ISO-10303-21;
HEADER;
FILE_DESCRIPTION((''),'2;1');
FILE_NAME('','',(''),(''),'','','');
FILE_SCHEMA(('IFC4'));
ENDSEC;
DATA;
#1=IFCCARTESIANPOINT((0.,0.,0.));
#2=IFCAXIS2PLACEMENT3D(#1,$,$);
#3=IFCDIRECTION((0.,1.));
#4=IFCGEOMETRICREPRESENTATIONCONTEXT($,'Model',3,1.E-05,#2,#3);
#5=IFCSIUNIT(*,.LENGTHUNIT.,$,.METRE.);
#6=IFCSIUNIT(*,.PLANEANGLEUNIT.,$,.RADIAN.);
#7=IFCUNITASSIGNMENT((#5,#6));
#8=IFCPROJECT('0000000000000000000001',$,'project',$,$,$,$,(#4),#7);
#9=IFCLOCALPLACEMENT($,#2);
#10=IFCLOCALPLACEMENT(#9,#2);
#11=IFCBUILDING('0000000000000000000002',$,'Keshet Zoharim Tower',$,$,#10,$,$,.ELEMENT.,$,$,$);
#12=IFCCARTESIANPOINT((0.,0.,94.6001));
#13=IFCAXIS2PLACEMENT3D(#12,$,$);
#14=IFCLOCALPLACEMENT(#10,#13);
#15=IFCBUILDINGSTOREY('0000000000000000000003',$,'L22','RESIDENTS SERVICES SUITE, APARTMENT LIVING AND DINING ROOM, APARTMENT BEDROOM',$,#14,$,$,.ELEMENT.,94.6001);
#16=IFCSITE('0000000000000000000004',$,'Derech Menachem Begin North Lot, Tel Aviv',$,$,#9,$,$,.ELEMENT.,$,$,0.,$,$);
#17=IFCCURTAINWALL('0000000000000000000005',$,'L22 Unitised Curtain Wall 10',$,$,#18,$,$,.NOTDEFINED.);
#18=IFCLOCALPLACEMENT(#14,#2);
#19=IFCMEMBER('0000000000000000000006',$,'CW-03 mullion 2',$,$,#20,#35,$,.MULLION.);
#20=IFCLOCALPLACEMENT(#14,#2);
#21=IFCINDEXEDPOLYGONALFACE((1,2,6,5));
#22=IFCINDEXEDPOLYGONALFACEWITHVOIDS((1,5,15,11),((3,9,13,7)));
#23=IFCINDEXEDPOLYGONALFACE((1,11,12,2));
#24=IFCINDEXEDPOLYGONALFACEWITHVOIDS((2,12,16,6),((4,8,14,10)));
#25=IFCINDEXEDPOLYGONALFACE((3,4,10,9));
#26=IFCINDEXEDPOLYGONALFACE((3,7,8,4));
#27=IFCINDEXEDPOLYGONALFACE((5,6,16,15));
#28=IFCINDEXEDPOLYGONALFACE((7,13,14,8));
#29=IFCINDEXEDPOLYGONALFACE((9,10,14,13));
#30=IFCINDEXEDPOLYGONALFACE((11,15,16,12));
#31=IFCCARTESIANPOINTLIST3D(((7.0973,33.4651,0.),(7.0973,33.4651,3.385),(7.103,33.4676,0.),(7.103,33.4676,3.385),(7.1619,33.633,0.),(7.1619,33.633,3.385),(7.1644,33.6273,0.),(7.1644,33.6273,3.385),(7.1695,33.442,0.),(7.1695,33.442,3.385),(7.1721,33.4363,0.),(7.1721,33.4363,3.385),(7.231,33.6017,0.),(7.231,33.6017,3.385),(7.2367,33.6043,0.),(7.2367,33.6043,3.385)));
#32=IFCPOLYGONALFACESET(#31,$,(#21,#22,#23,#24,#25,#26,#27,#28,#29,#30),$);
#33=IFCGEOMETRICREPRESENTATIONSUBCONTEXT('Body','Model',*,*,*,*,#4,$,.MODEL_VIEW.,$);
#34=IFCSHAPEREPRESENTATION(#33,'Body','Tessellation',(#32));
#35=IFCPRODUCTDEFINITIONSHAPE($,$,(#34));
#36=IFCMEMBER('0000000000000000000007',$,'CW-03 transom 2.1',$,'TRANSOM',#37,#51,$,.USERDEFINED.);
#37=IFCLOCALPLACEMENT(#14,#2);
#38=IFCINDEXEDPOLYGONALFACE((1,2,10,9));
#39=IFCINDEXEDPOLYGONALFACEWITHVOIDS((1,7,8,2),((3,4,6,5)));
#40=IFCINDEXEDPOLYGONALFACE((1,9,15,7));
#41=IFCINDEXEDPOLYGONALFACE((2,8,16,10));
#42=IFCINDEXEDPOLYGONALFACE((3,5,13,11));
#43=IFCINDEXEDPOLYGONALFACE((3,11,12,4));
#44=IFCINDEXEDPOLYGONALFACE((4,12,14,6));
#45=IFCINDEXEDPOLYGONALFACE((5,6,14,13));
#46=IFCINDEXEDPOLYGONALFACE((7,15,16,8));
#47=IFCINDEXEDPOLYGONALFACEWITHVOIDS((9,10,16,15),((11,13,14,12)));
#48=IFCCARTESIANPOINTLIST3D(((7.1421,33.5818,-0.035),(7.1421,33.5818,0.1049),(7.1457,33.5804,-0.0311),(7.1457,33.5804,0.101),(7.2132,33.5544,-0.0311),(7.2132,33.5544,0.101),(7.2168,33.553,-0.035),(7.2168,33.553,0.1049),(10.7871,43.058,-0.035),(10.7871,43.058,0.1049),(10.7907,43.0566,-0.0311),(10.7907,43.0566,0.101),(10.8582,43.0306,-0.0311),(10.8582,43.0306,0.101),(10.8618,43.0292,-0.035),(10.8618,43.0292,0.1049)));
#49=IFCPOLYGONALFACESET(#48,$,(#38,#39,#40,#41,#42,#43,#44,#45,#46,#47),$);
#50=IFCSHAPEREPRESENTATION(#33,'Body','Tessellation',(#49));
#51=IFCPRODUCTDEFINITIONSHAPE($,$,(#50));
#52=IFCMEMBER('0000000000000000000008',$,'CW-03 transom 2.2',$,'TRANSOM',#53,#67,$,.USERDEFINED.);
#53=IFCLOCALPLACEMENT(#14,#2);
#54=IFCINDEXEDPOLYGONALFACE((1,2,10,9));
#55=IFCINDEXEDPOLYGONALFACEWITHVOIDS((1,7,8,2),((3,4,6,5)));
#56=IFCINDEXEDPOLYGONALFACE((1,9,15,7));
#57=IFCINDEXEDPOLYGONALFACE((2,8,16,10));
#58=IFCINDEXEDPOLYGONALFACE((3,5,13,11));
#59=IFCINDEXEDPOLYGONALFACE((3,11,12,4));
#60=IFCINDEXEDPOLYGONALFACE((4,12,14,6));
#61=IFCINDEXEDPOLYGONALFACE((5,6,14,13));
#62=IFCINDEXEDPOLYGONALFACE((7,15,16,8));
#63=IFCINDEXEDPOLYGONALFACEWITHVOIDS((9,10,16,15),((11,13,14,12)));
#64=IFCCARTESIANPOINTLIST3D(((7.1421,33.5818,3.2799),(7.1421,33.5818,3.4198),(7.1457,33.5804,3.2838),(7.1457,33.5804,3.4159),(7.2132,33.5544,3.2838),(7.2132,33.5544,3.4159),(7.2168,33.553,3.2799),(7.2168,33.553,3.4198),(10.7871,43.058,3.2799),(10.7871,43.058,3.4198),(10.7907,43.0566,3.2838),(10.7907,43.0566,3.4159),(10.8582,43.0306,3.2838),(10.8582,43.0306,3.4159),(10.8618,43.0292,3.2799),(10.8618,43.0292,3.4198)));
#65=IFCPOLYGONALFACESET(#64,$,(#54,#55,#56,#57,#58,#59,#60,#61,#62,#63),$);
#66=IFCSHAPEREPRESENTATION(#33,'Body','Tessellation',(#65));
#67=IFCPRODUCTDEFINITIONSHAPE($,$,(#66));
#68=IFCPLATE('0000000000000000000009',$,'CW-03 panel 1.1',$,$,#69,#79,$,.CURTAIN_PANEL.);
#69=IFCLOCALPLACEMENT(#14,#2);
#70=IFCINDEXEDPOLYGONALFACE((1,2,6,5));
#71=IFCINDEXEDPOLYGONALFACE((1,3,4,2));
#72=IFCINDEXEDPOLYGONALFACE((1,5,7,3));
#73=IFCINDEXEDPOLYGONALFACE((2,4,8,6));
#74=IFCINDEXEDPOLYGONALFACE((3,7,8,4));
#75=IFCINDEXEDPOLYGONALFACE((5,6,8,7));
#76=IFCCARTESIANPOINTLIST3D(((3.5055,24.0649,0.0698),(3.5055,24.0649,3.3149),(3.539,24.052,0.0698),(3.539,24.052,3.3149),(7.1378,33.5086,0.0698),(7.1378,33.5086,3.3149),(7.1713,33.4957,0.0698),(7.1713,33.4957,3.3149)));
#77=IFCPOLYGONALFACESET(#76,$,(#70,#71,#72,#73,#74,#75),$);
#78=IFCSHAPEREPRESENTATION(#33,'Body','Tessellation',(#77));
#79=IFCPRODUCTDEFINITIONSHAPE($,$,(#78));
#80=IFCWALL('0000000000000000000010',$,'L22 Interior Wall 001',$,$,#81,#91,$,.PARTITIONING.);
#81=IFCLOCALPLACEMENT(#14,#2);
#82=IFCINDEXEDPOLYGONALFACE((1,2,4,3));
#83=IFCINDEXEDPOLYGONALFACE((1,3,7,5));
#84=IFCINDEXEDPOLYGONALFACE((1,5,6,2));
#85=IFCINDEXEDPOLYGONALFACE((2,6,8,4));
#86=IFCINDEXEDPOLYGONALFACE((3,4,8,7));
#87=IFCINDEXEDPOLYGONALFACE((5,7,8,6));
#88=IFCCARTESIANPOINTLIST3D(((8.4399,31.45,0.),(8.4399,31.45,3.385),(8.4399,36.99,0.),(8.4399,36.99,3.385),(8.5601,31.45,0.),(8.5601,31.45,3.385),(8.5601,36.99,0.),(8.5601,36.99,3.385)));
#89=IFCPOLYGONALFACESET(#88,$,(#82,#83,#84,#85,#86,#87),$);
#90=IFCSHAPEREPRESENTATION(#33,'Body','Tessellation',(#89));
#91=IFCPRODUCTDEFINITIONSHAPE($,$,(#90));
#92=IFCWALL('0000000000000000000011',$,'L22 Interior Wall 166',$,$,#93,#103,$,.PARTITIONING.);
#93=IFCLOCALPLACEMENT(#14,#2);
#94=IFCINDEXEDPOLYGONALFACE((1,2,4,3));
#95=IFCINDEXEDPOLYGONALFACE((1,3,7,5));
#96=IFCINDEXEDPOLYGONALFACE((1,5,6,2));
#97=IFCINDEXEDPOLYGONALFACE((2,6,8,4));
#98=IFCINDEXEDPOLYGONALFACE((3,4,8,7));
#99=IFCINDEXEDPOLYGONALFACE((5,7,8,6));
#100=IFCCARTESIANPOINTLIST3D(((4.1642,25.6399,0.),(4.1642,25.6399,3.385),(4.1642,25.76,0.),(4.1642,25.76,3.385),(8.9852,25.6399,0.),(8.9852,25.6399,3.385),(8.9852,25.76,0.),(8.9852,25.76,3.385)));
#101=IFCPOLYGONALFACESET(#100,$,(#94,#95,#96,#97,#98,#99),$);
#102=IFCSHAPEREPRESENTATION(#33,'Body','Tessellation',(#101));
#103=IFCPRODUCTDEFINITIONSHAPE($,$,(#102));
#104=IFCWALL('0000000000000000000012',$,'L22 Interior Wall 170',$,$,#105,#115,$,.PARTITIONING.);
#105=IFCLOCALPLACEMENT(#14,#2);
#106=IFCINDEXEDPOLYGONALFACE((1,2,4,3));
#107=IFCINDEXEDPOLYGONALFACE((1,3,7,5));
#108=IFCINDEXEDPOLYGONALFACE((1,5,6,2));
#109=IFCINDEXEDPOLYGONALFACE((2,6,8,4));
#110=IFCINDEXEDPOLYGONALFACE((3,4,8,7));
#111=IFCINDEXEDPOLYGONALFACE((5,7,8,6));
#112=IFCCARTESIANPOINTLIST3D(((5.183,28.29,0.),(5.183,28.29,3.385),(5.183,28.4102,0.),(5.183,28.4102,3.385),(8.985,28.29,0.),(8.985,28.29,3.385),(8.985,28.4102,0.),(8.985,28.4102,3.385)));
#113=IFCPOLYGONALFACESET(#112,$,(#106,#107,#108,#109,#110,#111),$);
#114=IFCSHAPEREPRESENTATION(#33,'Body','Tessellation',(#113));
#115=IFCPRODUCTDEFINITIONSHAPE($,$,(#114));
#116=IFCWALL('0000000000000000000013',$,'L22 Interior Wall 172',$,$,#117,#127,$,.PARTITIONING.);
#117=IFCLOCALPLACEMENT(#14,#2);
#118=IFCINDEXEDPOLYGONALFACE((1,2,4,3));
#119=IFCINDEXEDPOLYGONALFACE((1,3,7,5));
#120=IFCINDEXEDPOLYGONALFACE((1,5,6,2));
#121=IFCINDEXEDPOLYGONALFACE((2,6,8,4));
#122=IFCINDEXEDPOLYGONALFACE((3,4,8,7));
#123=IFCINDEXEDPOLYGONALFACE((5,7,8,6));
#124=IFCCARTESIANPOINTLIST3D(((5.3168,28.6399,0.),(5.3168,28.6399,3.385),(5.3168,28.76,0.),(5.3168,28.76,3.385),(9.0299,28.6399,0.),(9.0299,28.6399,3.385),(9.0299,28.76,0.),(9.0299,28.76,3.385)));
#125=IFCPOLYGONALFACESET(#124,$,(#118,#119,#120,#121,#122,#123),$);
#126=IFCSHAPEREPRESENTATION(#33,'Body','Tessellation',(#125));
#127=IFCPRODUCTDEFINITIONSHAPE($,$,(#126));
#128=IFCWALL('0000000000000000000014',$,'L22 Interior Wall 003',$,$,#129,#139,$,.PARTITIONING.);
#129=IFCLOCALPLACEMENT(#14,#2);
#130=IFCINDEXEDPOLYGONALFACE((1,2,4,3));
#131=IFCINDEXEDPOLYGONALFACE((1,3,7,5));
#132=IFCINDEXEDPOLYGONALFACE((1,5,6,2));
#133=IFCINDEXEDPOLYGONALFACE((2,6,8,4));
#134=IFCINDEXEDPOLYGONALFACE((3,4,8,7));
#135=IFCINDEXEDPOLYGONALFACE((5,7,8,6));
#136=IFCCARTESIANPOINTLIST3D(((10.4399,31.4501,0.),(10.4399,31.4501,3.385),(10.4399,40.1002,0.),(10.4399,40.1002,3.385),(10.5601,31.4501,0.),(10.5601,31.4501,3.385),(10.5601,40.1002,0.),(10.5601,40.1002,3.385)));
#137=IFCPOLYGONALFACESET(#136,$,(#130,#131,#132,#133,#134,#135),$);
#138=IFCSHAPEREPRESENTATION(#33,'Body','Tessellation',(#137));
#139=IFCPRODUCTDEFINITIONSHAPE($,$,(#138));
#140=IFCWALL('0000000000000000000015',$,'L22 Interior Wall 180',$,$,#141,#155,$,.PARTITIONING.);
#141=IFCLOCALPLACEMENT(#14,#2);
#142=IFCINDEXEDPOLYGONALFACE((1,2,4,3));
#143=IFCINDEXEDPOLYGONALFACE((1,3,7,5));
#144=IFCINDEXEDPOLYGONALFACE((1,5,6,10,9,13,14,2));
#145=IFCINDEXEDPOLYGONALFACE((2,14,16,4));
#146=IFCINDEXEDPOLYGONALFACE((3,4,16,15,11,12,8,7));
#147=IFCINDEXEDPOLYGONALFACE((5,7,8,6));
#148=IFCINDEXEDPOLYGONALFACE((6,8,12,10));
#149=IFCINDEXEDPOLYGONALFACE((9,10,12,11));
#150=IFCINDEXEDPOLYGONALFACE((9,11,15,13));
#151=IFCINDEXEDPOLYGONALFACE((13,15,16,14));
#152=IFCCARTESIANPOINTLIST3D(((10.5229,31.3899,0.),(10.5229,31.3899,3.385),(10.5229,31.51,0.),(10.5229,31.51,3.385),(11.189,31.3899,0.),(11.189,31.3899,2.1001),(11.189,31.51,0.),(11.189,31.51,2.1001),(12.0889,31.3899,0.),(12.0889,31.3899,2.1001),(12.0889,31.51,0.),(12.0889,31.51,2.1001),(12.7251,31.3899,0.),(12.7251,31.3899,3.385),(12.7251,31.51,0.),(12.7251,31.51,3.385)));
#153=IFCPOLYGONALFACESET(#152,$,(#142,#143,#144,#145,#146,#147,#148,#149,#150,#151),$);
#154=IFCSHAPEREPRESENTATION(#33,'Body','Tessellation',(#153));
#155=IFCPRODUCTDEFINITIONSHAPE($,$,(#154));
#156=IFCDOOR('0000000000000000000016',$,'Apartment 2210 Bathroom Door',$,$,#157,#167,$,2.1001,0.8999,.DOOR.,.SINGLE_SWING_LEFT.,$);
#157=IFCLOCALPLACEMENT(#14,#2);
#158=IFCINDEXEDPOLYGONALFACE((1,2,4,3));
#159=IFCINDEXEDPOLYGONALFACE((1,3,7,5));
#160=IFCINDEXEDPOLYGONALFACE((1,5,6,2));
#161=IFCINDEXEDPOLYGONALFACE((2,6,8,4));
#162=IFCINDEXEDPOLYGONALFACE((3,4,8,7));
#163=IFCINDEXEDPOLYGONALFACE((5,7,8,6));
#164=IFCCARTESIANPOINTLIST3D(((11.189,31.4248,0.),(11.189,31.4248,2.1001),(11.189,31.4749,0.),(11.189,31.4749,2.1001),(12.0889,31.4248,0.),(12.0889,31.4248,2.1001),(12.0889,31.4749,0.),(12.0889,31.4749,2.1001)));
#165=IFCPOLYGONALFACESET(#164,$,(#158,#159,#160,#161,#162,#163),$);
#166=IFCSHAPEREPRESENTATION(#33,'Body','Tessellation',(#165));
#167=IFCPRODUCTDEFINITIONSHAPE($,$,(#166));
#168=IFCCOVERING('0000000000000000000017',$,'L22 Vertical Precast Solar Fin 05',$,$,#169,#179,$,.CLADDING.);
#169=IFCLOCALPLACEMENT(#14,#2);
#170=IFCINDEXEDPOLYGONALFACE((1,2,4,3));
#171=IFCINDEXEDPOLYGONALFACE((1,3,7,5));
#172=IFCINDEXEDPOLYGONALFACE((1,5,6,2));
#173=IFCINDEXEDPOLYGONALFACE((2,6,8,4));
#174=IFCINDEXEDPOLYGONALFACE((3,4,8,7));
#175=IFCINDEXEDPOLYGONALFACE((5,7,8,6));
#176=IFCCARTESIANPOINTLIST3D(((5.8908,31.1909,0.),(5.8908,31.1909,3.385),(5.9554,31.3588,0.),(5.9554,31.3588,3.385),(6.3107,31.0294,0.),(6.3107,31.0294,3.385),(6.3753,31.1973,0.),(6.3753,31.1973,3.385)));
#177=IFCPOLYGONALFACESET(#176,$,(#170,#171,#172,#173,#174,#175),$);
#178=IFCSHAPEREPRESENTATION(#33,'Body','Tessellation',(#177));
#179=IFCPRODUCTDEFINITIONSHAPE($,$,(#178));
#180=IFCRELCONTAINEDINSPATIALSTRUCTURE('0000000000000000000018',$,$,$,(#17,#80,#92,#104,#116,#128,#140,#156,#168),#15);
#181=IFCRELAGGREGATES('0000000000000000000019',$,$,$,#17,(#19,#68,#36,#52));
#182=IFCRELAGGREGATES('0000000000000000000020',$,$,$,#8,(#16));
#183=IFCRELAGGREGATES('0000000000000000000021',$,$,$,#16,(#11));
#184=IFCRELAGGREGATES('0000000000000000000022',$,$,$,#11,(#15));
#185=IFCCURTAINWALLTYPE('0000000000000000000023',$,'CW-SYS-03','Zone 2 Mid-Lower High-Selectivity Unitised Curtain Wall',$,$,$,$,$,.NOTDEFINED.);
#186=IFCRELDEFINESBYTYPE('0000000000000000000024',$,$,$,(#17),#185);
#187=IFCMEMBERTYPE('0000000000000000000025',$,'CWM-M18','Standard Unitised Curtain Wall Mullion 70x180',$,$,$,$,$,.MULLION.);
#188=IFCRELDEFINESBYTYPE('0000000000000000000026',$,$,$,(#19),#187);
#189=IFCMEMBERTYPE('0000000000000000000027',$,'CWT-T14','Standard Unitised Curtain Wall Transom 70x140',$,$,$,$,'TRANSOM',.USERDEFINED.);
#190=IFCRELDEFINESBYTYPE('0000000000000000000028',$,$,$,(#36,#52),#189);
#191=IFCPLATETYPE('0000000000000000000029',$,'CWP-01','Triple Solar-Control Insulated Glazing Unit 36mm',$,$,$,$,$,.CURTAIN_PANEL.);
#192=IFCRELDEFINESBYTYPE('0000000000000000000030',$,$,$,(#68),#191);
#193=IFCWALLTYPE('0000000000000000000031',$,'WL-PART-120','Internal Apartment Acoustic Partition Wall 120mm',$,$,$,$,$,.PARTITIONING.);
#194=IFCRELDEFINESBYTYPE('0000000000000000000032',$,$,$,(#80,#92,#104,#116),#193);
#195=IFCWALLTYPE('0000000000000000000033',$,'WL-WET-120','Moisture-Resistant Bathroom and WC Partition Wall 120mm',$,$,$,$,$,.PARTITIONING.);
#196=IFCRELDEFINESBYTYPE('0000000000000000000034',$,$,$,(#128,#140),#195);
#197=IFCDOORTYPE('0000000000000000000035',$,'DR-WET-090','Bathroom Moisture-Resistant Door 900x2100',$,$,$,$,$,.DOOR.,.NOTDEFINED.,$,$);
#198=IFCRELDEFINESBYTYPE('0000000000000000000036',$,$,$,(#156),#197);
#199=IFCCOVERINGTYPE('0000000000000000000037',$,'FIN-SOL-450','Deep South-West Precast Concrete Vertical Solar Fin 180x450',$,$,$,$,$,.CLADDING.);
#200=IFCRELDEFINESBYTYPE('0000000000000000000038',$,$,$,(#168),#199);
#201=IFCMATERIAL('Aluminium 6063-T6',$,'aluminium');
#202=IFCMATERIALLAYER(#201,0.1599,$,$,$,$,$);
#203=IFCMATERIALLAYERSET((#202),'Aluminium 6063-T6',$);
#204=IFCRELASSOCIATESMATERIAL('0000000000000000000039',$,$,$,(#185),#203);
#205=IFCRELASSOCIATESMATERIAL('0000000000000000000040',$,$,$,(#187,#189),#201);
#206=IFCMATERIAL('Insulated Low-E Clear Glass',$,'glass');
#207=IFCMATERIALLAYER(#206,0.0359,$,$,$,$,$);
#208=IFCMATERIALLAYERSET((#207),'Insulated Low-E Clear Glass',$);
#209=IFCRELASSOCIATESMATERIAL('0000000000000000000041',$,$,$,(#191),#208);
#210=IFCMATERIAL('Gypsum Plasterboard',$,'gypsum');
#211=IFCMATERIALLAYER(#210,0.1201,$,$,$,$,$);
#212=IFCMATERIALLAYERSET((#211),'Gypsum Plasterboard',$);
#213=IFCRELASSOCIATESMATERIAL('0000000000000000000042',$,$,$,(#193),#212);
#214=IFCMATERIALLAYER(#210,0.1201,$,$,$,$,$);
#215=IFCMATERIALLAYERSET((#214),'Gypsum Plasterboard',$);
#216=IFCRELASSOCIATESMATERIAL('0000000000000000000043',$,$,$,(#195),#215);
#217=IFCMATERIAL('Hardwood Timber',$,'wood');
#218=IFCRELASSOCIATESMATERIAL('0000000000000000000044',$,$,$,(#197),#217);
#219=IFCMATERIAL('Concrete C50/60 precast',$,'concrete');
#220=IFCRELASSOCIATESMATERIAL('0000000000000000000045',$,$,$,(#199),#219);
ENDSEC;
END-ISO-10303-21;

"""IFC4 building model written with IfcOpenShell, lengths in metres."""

from ifc_helpers import new_model, si_unit, direction, frame, frame_2d, origin, origin_2d, place, context, subcontext, project, spatial, rectangle, hollow_rectangle, extrude, material, layer, layer_set, material_profile, profile_set, type_object, element, fill, aggregate, save


model = new_model("IFC4")

# Units and contexts
model_context = context("Model", 3, precision=1e-05, world=origin(), true_north=direction((0.0, 1.0)))
body_context = subcontext(model_context, "Body", "Model", "MODEL_VIEW")
ifc_project = project(units=[si_unit("LENGTHUNIT", "METRE"), si_unit("PLANEANGLEUNIT", "RADIAN")], contexts=[model_context])

# Site, building, storey
site_placement = place(None, origin())
site = spatial("IfcSite", under=ifc_project, at=site_placement, Name="Derech Menachem Begin North Lot, Tel Aviv", CompositionType="ELEMENT", RefElevation=0.0)
building_placement = place(site_placement, origin())
building = spatial("IfcBuilding", under=site, at=building_placement, Name="Keshet Zoharim Tower", CompositionType="ELEMENT")
storey_placement = place(building_placement, frame((0.0, 0.0, 94.6001)))
storey = spatial("IfcBuildingStorey", under=building, at=storey_placement, Name="L22", Description="RESIDENTS SERVICES SUITE, APARTMENT LIVING AND DINING ROOM, APARTMENT BEDROOM", CompositionType="ELEMENT", Elevation=94.6001)

# Curtain wall, members, plate
ifc_material_1 = material(Name="Aluminium 6063-T6", Category="aluminium")
ifc_layer_1 = layer(ifc_material_1, 0.1599)
ifc_layer_set_1 = layer_set([ifc_layer_1], Name="Aluminium 6063-T6")
curtain_wall_type = type_object("IfcCurtainWallType", Name="CW-SYS-03", Description="Zone 2 Mid-Lower High-Selectivity Unitised Curtain Wall", PredefinedType="NOTDEFINED", material=ifc_layer_set_1)
curtain_wall_placement = place(storey_placement, origin())
curtain_wall = element("IfcCurtainWall", 1, at=curtain_wall_placement, inside=storey, type_object=curtain_wall_type, Name="L22 Unitised Curtain Wall 10", PredefinedType="NOTDEFINED")
ifc_material_profile_1 = material_profile(ifc_material_1, hollow_rectangle(XDim=0.0801, YDim=0.1799, WallThickness=0.0044, at=origin_2d()), Name="MUL-80x180")
ifc_profile_set_1 = profile_set([ifc_material_profile_1], Name="Aluminium 6063-T6")
member_type_1 = type_object("IfcMemberType", Name="CWM-M18", Description="Standard Unitised Curtain Wall Mullion 70x180", PredefinedType="MULLION", material=ifc_profile_set_1)
member_1_placement = place(storey_placement, frame((7.167, 33.5347, 0.0), z_axis=(0.0, 0.0, 1.0), x_axis=(-0.933341, 0.35899, 0.0)))
member_1 = element("IfcMember", 2, at=member_1_placement, type_object=member_type_1, Name="CW-03 mullion 2", PredefinedType="MULLION", context=body_context, shape_type="SweptSolid", body=[
    extrude(hollow_rectangle(XDim=0.0801, YDim=0.1799, WallThickness=0.0044, at=origin_2d()), origin(), (0.0, 0.0, 1.0), 3.385),
])
ifc_material_profile_2 = material_profile(ifc_material_1, hollow_rectangle(XDim=0.0801, YDim=0.1399, WallThickness=0.0039, at=origin_2d()), Name="TRN-80x140")
ifc_profile_set_2 = profile_set([ifc_material_profile_2], Name="Aluminium 6063-T6")
member_type_2 = type_object("IfcMemberType", Name="CWT-T14", Description="Standard Unitised Curtain Wall Transom 70x140", ElementType="TRANSOM", PredefinedType="USERDEFINED", material=ifc_profile_set_2)
member_2_placement = place(storey_placement, frame((7.1794, 33.5674, 0.0349), z_axis=(0.359003, 0.933336, 0.0), x_axis=(-0.933336, 0.359003, 0.0)))
member_2 = element("IfcMember", 3, at=member_2_placement, type_object=member_type_2, Name="CW-03 transom 2.1", ObjectType="TRANSOM", PredefinedType="USERDEFINED", context=body_context, shape_type="SweptSolid", body=[
    extrude(hollow_rectangle(XDim=0.0801, YDim=0.1399, WallThickness=0.0039, at=origin_2d()), origin(), (0.0, 0.0, 1.0), 10.1531),
])
member_3_placement = place(storey_placement, frame((7.1794, 33.5674, 3.3499), z_axis=(0.359003, 0.933336, 0.0), x_axis=(-0.933336, 0.359003, 0.0)))
member_3 = element("IfcMember", 4, at=member_3_placement, type_object=member_type_2, Name="CW-03 transom 2.2", ObjectType="TRANSOM", PredefinedType="USERDEFINED", context=body_context, shape_type="SweptSolid", body=[
    extrude(hollow_rectangle(XDim=0.0801, YDim=0.1399, WallThickness=0.0039, at=origin_2d()), origin(), (0.0, 0.0, 1.0), 10.1531),
])
ifc_material_2 = material(Name="Insulated Low-E Clear Glass", Category="glass")
ifc_layer_2 = layer(ifc_material_2, 0.0359)
ifc_layer_set_2 = layer_set([ifc_layer_2], Name="Insulated Low-E Clear Glass")
plate_type = type_object("IfcPlateType", Name="CWP-01", Description="Triple Solar-Control Insulated Glazing Unit 36mm", PredefinedType="CURTAIN_PANEL", material=ifc_layer_set_2)
plate_placement = place(storey_placement, frame((5.3384, 28.7803, 0.0698), z_axis=(0.0, 0.0, 1.0), x_axis=(0.35899, 0.933341, 0.0)))
plate = element("IfcPlate", 5, at=plate_placement, type_object=plate_type, Name="CW-03 panel 1.1", PredefinedType="CURTAIN_PANEL", context=body_context, shape_type="SweptSolid", body=[
    extrude(rectangle(XDim=10.1182, YDim=0.0359, at=origin_2d()), origin(), (0.0, 0.0, 1.0), 3.2451),
])
aggregate(curtain_wall, [member_1, plate, member_2, member_3])

# Wall
ifc_material_3 = material(Name="Gypsum Plasterboard", Category="gypsum")
ifc_layer_3 = layer(ifc_material_3, 0.1201)
ifc_layer_set_3 = layer_set([ifc_layer_3], Name="Gypsum Plasterboard")
wall_type_1 = type_object("IfcWallType", Name="WL-PART-120", Description="Internal Apartment Acoustic Partition Wall 120mm", PredefinedType="PARTITIONING", material=ifc_layer_set_3)
wall_1_placement = place(storey_placement, frame((8.5, 31.45, 0.0), z_axis=(0.0, 0.0, 1.0), x_axis=(0.0, 1.0, 0.0)))
element("IfcWall", 6, at=wall_1_placement, inside=storey, type_object=wall_type_1, Name="L22 Interior Wall 001", PredefinedType="PARTITIONING", context=body_context, shape_type="SweptSolid", body=[
    extrude(rectangle(XDim=5.54, YDim=0.1201, at=frame_2d((2.77, 0.0))), origin(), (0.0, 0.0, 1.0), 3.385),
])

# Shared definitions
ifc_material_4 = material(Name="Hardwood Timber", Category="wood")

# Walls
wall_2_placement = place(storey_placement, frame((4.1641, 25.7, 0.0), z_axis=(0.0, 0.0, 1.0), x_axis=(1.0, 0.0, 0.0)))
element("IfcWall", 7, at=wall_2_placement, inside=storey, type_object=wall_type_1, Name="L22 Interior Wall 166", PredefinedType="PARTITIONING", context=body_context, shape_type="SweptSolid", body=[
    extrude(rectangle(XDim=4.821, YDim=0.1201, at=frame_2d((2.4106, 0.0))), origin(), (0.0, 0.0, 1.0), 3.385),
])
wall_3_placement = place(storey_placement, frame((5.1831, 28.3501, 0.0), z_axis=(0.0, 0.0, 1.0), x_axis=(1.0, 0.0, 0.0)))
element("IfcWall", 8, at=wall_3_placement, inside=storey, type_object=wall_type_1, Name="L22 Interior Wall 170", PredefinedType="PARTITIONING", context=body_context, shape_type="SweptSolid", body=[
    extrude(rectangle(XDim=3.802, YDim=0.1201, at=frame_2d((1.9009, 0.0))), origin(), (0.0, 0.0, 1.0), 3.385),
])
wall_4_placement = place(storey_placement, frame((5.3169, 28.7, 0.0), z_axis=(0.0, 0.0, 1.0), x_axis=(1.0, 0.0, 0.0)))
element("IfcWall", 9, at=wall_4_placement, inside=storey, type_object=wall_type_1, Name="L22 Interior Wall 172", PredefinedType="PARTITIONING", context=body_context, shape_type="SweptSolid", body=[
    extrude(rectangle(XDim=3.7131, YDim=0.1201, at=frame_2d((1.8564, 0.0))), origin(), (0.0, 0.0, 1.0), 3.385),
])

# Wall
ifc_layer_4 = layer(ifc_material_3, 0.1201)
ifc_layer_set_4 = layer_set([ifc_layer_4], Name="Gypsum Plasterboard")
wall_type_2 = type_object("IfcWallType", Name="WL-WET-120", Description="Moisture-Resistant Bathroom and WC Partition Wall 120mm", PredefinedType="PARTITIONING", material=ifc_layer_set_4)
wall_5_placement = place(storey_placement, frame((10.5, 31.45, 0.0), z_axis=(0.0, 0.0, 1.0), x_axis=(0.0, 1.0, 0.0)))
element("IfcWall", 10, at=wall_5_placement, inside=storey, type_object=wall_type_2, Name="L22 Interior Wall 003", PredefinedType="PARTITIONING", context=body_context, shape_type="SweptSolid", body=[
    extrude(rectangle(XDim=8.6501, YDim=0.1201, at=frame_2d((4.3252, 0.0))), origin(), (0.0, 0.0, 1.0), 3.385),
])

# Wall, opening, door
wall_6_placement = place(storey_placement, frame((10.5229, 31.45, 0.0), z_axis=(0.0, 0.0, 1.0), x_axis=(1.0, 0.0, 0.0)))
wall_6 = element("IfcWall", 11, at=wall_6_placement, inside=storey, type_object=wall_type_2, Name="L22 Interior Wall 180", PredefinedType="PARTITIONING", context=body_context, shape_type="SweptSolid", body=[
    extrude(rectangle(XDim=2.2021, YDim=0.1201, at=frame_2d((1.1011, 0.0))), origin(), (0.0, 0.0, 1.0), 3.385),
])
opening_1_placement = place(wall_6_placement, frame((0.666, 0.0, 0.0)))
opening_1 = element("IfcOpeningElement", 12, at=opening_1_placement, cuts=wall_6, PredefinedType="OPENING", context=body_context, shape_type="SweptSolid", body=[
    extrude(rectangle(XDim=0.8999, YDim=2.1001, at=frame_2d((0.45, 1.05))), frame((0.0, 0.0701, 0.0), z_axis=(0.0, -1.0, 0.0), x_axis=(1.0, 0.0, 0.0)), (0.0, 0.0, 1.0), 0.1401),
])
door_type_1 = type_object("IfcDoorType", Name="DR-WET-090", Description="Bathroom Moisture-Resistant Door 900x2100", OperationType="NOTDEFINED", PredefinedType="DOOR", material=ifc_material_4)
door_1_placement = place(opening_1_placement, origin())
door_1 = element("IfcDoor", 13, at=door_1_placement, inside=storey, type_object=door_type_1, Name="Apartment 2210 Bathroom Door", OperationType="SINGLE_SWING_LEFT", OverallHeight=2.1001, OverallWidth=0.8999, PredefinedType="DOOR", context=body_context, shape_type="SweptSolid", body=[
    extrude(rectangle(XDim=0.8999, YDim=2.1001, at=frame_2d((0.45, 1.05))), frame((0.0, 0.0249, 0.0), z_axis=(0.0, -1.0, 0.0), x_axis=(1.0, 0.0, 0.0)), (0.0, 0.0, 1.0), 0.05),
])
fill(opening_1, door_1)

# Covering
ifc_material_5 = material(Name="Concrete C50/60 precast", Category="concrete")
covering_type = type_object("IfcCoveringType", Name="FIN-SOL-450", Description="Deep South-West Precast Concrete Vertical Solar Fin 180x450", PredefinedType="CLADDING", material=ifc_material_5)
covering_placement = place(storey_placement, frame((6.1331, 31.1941, 0.0), z_axis=(0.0, 0.0, 1.0), x_axis=(0.35899, 0.933341, 0.0)))
element("IfcCovering", 14, at=covering_placement, inside=storey, type_object=covering_type, Name="L22 Vertical Precast Solar Fin 05", PredefinedType="CLADDING", context=body_context, shape_type="SweptSolid", body=[
    extrude(rectangle(XDim=0.1799, YDim=0.45, at=origin_2d()), origin(), (0.0, 0.0, 1.0), 3.385),
])

save(model, "model.ifc")
